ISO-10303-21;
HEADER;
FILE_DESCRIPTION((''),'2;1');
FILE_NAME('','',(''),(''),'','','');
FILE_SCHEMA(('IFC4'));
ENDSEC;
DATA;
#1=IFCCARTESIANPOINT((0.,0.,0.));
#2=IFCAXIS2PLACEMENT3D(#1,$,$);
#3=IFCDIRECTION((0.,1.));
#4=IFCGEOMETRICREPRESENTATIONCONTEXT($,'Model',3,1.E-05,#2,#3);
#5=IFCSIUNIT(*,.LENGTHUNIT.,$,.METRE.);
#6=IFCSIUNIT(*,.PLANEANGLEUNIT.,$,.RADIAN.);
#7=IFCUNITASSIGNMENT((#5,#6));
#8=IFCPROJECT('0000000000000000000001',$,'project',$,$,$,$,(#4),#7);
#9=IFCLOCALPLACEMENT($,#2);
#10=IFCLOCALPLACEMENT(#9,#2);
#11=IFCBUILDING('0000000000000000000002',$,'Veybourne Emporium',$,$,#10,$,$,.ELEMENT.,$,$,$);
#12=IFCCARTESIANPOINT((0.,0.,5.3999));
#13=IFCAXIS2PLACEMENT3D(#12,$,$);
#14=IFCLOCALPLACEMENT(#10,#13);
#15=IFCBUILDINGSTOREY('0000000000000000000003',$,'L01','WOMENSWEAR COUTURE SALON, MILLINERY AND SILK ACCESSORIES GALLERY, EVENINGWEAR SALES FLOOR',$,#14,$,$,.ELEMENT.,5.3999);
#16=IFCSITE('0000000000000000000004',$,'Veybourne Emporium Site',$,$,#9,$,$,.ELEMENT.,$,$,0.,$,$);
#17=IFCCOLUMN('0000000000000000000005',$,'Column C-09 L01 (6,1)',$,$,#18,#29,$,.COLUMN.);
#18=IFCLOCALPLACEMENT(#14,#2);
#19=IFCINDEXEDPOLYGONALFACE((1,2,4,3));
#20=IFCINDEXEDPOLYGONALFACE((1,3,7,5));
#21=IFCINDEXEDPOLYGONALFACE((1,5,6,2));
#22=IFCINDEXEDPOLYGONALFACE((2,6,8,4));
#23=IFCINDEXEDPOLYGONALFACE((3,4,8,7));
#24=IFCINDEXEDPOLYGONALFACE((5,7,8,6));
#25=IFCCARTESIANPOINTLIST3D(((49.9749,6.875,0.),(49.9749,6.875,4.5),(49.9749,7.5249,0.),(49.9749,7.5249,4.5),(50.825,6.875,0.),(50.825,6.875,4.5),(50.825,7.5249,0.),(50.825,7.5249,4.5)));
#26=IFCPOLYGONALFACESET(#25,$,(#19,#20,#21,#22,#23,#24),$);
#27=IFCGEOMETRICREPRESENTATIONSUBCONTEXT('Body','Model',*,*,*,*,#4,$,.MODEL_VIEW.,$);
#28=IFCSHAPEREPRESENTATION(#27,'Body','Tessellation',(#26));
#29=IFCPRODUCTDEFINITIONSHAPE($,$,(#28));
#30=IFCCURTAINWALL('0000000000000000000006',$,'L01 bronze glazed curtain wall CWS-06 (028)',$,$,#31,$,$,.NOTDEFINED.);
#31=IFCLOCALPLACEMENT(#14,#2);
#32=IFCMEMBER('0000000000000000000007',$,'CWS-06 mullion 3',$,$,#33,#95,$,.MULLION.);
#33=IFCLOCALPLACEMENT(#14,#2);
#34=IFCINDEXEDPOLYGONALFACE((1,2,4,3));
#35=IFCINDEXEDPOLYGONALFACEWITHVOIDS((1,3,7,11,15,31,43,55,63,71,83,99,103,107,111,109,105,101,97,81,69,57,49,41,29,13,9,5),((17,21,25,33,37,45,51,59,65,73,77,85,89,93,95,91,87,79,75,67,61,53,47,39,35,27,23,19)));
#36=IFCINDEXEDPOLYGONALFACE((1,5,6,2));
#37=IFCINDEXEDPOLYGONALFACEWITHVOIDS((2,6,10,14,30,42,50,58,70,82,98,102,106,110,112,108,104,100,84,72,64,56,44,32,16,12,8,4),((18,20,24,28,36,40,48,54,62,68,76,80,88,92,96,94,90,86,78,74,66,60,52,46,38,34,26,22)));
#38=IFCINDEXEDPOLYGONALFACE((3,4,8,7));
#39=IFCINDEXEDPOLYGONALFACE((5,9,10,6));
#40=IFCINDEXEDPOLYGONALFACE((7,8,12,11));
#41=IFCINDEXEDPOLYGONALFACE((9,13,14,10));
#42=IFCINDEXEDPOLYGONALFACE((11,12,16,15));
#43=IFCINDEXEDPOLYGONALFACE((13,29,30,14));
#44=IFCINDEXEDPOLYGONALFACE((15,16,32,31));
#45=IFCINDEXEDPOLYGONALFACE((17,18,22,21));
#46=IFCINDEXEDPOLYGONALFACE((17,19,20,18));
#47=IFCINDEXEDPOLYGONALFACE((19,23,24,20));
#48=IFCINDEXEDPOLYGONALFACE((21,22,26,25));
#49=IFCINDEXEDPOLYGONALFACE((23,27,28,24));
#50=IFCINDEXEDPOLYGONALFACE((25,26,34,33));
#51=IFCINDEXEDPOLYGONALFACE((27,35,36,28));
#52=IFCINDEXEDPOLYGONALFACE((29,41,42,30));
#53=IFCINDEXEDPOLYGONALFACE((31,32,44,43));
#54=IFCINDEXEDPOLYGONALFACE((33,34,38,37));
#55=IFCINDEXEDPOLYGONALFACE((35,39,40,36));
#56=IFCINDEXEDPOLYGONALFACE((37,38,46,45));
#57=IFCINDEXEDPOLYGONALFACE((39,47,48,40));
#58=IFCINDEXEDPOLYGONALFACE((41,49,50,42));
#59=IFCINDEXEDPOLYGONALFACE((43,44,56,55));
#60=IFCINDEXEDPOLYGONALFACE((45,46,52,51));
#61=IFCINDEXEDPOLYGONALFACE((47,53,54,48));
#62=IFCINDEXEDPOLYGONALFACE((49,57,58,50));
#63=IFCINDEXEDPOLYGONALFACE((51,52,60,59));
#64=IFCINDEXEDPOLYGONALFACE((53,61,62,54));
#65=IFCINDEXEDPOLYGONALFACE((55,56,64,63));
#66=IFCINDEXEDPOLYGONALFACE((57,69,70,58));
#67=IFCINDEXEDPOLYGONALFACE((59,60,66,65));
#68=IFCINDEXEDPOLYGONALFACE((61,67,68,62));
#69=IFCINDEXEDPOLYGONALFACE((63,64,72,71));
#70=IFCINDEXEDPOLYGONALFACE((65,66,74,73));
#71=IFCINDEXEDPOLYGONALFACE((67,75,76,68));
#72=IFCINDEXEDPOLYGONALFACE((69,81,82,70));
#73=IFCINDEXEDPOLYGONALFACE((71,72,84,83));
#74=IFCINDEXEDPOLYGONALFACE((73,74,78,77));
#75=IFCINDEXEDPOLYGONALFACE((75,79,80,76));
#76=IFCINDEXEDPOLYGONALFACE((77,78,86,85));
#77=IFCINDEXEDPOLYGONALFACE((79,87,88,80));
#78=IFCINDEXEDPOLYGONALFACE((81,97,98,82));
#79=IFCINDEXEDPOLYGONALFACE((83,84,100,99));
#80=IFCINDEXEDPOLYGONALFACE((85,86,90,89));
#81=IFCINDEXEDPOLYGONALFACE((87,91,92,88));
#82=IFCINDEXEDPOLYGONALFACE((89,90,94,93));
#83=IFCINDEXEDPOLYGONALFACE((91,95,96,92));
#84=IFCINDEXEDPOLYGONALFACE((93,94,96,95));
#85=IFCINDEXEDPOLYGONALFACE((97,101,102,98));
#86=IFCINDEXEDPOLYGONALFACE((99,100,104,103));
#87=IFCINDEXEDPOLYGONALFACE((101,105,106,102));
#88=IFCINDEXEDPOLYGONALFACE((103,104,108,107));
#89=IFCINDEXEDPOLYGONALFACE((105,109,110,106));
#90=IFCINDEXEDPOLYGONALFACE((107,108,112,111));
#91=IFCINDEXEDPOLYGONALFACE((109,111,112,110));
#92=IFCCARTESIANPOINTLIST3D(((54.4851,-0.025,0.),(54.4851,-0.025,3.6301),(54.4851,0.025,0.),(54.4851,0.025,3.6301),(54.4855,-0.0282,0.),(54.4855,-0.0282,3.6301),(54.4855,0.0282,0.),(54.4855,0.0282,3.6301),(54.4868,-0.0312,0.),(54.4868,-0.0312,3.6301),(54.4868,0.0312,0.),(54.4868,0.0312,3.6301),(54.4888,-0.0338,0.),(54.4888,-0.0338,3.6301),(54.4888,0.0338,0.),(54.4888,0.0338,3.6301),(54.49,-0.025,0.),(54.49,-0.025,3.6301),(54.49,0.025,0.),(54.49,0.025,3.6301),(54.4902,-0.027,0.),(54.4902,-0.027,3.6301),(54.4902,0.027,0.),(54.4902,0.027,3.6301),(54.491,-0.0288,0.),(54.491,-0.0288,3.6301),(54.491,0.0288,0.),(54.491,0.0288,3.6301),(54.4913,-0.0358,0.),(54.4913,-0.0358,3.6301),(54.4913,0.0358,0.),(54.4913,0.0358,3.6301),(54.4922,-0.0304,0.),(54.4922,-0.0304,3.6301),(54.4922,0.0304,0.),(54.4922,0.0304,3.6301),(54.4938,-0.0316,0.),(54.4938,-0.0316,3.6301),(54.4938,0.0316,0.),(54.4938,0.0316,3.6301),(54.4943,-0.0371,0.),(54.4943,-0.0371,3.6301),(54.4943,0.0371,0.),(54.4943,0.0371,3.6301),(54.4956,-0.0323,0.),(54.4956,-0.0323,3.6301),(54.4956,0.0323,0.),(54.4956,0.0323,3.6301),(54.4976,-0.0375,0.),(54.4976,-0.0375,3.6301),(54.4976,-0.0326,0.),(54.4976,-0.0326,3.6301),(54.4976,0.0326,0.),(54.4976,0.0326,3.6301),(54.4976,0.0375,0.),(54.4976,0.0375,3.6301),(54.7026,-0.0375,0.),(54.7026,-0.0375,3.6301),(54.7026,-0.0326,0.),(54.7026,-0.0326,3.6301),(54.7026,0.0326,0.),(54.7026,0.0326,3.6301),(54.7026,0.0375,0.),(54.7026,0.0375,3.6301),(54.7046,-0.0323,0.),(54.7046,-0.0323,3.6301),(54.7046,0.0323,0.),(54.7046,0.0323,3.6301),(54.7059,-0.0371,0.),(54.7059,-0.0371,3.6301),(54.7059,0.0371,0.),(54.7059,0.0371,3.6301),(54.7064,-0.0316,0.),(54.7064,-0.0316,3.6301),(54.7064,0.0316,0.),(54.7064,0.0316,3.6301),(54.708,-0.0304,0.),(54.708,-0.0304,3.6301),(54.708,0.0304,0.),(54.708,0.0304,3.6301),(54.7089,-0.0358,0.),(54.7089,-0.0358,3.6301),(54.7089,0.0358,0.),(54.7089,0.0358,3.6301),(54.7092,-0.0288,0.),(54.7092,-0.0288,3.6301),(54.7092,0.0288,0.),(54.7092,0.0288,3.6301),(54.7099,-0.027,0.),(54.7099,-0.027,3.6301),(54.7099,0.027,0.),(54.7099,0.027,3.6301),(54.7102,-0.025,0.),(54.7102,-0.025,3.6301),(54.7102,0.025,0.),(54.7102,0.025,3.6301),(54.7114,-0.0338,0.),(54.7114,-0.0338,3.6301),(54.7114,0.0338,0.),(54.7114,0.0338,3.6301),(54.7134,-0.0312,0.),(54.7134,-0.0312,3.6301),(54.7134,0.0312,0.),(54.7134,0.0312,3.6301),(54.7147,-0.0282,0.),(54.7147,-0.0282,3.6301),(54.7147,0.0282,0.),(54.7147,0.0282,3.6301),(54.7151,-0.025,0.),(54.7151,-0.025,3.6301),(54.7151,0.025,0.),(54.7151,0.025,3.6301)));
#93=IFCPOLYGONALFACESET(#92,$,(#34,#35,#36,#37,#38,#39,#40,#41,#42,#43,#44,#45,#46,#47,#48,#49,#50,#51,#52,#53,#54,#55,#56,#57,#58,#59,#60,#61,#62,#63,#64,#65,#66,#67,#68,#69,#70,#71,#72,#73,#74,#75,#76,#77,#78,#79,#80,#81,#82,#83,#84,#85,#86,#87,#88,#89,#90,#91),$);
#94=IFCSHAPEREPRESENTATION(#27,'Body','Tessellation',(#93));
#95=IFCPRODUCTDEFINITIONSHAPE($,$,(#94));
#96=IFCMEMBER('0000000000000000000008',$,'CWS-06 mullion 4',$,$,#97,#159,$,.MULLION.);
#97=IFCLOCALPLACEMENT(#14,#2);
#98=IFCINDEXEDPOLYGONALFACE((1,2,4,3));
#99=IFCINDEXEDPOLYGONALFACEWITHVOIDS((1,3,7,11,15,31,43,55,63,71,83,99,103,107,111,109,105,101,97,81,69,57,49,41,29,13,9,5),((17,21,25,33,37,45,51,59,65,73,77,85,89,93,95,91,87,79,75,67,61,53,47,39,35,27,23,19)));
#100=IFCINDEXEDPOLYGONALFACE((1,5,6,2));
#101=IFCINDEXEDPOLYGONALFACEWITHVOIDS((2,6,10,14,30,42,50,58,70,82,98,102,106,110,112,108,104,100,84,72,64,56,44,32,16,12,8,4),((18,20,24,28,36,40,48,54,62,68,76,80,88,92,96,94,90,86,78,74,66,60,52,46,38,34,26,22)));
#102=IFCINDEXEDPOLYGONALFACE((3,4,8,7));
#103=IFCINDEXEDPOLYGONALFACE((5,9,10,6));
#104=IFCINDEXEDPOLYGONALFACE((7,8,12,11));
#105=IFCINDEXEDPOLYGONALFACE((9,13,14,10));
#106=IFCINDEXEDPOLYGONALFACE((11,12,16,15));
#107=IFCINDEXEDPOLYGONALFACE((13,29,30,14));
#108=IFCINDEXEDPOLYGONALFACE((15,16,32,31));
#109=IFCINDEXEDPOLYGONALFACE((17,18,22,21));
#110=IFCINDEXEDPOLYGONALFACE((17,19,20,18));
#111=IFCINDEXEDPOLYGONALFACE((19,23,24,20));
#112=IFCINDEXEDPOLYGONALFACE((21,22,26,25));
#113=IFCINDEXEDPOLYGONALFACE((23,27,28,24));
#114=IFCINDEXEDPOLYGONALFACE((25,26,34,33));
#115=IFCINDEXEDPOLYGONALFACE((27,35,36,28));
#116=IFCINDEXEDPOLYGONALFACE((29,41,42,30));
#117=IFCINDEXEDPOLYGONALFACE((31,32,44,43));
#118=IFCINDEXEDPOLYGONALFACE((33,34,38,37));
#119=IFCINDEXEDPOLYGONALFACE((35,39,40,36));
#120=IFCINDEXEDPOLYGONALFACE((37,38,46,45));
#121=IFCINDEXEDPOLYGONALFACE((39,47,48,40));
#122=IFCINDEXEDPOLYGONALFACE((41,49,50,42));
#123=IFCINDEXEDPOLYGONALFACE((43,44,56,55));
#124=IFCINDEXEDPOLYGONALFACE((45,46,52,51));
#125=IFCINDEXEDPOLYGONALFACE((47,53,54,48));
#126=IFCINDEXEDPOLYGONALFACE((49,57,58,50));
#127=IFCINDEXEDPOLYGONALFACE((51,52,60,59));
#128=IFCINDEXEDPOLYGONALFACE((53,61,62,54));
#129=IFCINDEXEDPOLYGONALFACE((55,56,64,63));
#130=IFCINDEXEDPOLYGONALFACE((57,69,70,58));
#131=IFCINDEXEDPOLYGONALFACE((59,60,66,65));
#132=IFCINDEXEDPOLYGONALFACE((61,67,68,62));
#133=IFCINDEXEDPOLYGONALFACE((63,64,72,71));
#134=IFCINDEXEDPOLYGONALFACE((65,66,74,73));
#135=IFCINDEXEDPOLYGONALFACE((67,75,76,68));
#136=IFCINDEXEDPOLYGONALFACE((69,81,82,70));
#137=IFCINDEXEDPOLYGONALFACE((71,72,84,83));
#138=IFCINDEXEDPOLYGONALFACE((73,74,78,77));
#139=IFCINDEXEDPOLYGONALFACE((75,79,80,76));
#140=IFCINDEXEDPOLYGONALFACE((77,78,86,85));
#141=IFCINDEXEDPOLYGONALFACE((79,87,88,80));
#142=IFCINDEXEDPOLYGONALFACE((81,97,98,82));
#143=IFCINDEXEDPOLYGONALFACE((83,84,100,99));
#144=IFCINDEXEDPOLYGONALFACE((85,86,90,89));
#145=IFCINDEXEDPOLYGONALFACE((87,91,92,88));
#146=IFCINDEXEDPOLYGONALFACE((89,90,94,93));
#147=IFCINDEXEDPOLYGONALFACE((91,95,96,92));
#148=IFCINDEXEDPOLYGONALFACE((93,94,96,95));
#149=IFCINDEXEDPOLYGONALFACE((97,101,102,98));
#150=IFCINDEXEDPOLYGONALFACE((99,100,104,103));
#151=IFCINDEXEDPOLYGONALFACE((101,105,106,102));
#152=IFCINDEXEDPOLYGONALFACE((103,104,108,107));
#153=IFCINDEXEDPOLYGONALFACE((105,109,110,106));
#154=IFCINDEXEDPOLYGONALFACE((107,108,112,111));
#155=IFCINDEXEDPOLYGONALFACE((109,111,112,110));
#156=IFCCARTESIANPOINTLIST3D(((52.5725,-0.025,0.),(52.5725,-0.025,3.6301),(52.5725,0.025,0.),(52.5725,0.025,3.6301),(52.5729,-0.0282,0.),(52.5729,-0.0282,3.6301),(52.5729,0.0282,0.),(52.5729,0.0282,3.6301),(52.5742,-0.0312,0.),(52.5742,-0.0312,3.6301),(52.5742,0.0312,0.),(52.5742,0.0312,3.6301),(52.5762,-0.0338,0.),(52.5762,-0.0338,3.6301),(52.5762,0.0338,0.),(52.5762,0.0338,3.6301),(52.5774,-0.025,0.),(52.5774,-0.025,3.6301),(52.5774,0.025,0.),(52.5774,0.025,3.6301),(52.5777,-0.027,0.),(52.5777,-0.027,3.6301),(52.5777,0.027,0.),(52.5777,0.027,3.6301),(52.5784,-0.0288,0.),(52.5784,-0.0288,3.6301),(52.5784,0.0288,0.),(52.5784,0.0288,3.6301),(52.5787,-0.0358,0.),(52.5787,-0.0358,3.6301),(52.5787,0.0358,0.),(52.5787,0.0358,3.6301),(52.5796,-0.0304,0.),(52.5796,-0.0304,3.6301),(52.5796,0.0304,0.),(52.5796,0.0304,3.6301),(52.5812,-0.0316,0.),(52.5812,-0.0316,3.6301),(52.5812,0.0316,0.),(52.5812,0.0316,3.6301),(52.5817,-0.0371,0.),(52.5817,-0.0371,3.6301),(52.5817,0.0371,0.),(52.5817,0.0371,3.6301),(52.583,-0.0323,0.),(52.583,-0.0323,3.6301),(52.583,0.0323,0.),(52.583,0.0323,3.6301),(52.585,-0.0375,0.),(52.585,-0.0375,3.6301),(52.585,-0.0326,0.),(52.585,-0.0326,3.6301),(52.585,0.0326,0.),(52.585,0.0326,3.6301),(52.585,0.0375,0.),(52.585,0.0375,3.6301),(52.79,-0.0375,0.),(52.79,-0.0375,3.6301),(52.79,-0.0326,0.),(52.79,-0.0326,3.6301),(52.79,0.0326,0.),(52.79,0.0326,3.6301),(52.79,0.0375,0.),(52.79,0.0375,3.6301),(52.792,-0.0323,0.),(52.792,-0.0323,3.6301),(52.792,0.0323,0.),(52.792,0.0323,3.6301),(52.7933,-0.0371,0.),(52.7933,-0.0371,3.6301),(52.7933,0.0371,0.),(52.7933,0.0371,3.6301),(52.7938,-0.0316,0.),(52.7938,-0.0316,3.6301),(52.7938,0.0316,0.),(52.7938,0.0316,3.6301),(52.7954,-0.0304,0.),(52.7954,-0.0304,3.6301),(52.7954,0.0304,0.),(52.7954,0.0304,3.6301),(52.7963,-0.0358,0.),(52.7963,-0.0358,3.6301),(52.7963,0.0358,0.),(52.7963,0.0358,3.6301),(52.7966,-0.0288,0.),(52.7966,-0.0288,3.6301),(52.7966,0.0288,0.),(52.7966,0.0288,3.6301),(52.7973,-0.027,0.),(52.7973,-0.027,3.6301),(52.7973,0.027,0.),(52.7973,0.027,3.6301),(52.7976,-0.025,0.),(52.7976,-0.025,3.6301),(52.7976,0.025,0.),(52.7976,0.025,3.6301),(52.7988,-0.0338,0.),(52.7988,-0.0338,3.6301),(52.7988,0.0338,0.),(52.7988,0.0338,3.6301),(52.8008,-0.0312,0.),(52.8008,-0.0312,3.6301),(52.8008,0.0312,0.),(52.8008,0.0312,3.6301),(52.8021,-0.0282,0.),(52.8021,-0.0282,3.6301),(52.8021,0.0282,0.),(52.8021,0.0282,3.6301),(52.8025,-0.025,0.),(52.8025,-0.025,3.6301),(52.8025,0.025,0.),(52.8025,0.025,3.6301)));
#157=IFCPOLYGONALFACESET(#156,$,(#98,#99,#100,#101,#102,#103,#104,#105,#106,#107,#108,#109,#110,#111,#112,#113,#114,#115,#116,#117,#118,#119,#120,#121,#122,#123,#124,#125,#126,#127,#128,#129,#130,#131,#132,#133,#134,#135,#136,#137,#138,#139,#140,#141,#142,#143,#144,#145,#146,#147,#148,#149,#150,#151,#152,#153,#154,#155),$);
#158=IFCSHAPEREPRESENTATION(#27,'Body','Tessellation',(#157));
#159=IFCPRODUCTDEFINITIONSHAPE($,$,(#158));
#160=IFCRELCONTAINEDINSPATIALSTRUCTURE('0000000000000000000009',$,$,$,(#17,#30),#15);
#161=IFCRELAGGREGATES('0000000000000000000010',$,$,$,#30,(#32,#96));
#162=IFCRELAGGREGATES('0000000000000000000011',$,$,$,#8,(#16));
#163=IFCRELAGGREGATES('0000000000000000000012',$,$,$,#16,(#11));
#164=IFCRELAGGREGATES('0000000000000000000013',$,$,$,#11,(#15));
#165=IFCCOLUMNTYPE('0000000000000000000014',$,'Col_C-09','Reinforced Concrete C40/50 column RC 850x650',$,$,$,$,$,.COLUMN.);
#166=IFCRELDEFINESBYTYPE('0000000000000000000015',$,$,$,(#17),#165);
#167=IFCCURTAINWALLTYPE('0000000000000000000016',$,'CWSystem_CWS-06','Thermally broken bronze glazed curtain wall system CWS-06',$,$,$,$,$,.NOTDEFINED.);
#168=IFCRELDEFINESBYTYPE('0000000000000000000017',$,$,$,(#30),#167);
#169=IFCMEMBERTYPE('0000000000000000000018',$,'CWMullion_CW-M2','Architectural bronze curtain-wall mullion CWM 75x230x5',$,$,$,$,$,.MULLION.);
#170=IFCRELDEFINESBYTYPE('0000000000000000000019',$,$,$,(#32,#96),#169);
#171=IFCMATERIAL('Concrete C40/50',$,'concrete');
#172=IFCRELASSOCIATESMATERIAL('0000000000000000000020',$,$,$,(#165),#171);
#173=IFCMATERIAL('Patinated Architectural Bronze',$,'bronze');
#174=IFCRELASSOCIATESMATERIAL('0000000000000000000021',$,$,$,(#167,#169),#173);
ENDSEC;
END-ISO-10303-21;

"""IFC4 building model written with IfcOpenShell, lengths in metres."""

from ifc_helpers import new_model, si_unit, direction, frame, origin, origin_2d, place, context, subcontext, project, spatial, rectangle, hollow_rectangle, extrude, material, material_profile, profile_set, type_object, element, aggregate, save


model = new_model("IFC4")

# Units and contexts
model_context = context("Model", 3, precision=1e-05, world=origin(), true_north=direction((0.0, 1.0)))
body_context = subcontext(model_context, "Body", "Model", "MODEL_VIEW")
ifc_project = project(units=[si_unit("LENGTHUNIT", "METRE"), si_unit("PLANEANGLEUNIT", "RADIAN")], contexts=[model_context])

# Site, building, storey
site_placement = place(None, origin())
site = spatial("IfcSite", under=ifc_project, at=site_placement, Name="Veybourne Emporium Site", CompositionType="ELEMENT", RefElevation=0.0)
building_placement = place(site_placement, origin())
building = spatial("IfcBuilding", under=site, at=building_placement, Name="Veybourne Emporium", CompositionType="ELEMENT")
storey_placement = place(building_placement, frame((0.0, 0.0, 5.3999)))
storey = spatial("IfcBuildingStorey", under=building, at=storey_placement, Name="L01", Description="WOMENSWEAR COUTURE SALON, MILLINERY AND SILK ACCESSORIES GALLERY, EVENINGWEAR SALES FLOOR", CompositionType="ELEMENT", Elevation=5.3999)

# Column
ifc_material_1 = material(Name="Concrete C40/50", Category="concrete")
ifc_material_profile_1 = material_profile(ifc_material_1, rectangle(XDim=0.8501, YDim=0.6499, at=origin_2d()), Name="RC 850x650")
ifc_profile_set_1 = profile_set([ifc_material_profile_1], Name="Concrete C40/50")
column_type = type_object("IfcColumnType", Name="Col_C-09", Description="Reinforced Concrete C40/50 column RC 850x650", PredefinedType="COLUMN", material=ifc_profile_set_1)
column_placement = place(storey_placement, frame((50.3999, 7.2, 0.0), z_axis=(0.0, 0.0, 1.0), x_axis=(1.0, 0.0, 0.0)))
element("IfcColumn", 1, at=column_placement, inside=storey, type_object=column_type, Name="Column C-09 L01 (6,1)", PredefinedType="COLUMN", context=body_context, shape_type="SweptSolid", body=[
    extrude(rectangle(XDim=0.8501, YDim=0.6499, at=origin_2d()), origin(), (0.0, 0.0, 1.0), 4.5),
])

# Curtain wall, members
ifc_material_2 = material(Name="Patinated Architectural Bronze", Category="bronze")
curtain_wall_type = type_object("IfcCurtainWallType", Name="CWSystem_CWS-06", Description="Thermally broken bronze glazed curtain wall system CWS-06", PredefinedType="NOTDEFINED", material=ifc_material_2)
curtain_wall_placement = place(storey_placement, origin())
curtain_wall = element("IfcCurtainWall", 2, at=curtain_wall_placement, inside=storey, type_object=curtain_wall_type, Name="L01 bronze glazed curtain wall CWS-06 (028)", PredefinedType="NOTDEFINED")
ifc_material_profile_2 = material_profile(ifc_material_2, hollow_rectangle(XDim=0.075, YDim=0.23, WallThickness=0.0049, InnerFilletRadius=0.0076, OuterFilletRadius=0.0125, at=origin_2d()), Name="CWM 75x230x5")
ifc_profile_set_2 = profile_set([ifc_material_profile_2], Name="Patinated Architectural Bronze")
member_type_1 = type_object("IfcMemberType", Name="CWMullion_CW-M2", Description="Architectural bronze curtain-wall mullion CWM 75x230x5", PredefinedType="MULLION", material=ifc_profile_set_2)
member_1_placement = place(storey_placement, frame((54.6001, 0.0, 0.0), z_axis=(0.0, 0.0, 1.0), x_axis=(0.0, -1.0, 0.0)))
member_1 = element("IfcMember", 3, at=member_1_placement, type_object=member_type_1, Name="CWS-06 mullion 3", PredefinedType="MULLION", context=body_context, shape_type="SweptSolid", body=[
    extrude(hollow_rectangle(XDim=0.075, YDim=0.23, WallThickness=0.0049, InnerFilletRadius=0.0076, OuterFilletRadius=0.0125, at=origin_2d()), origin(), (0.0, 0.0, 1.0), 3.6301),
])
member_2_placement = place(storey_placement, frame((52.6875, 0.0, 0.0), z_axis=(0.0, 0.0, 1.0), x_axis=(0.0, -1.0, 0.0)))
member_2 = element("IfcMember", 4, at=member_2_placement, type_object=member_type_1, Name="CWS-06 mullion 4", PredefinedType="MULLION", context=body_context, shape_type="SweptSolid", body=[
    extrude(hollow_rectangle(XDim=0.075, YDim=0.23, WallThickness=0.0049, InnerFilletRadius=0.0076, OuterFilletRadius=0.0125, at=origin_2d()), origin(), (0.0, 0.0, 1.0), 3.6301),
])

aggregate(curtain_wall, [member_1, member_2])

save(model, "model.ifc")
